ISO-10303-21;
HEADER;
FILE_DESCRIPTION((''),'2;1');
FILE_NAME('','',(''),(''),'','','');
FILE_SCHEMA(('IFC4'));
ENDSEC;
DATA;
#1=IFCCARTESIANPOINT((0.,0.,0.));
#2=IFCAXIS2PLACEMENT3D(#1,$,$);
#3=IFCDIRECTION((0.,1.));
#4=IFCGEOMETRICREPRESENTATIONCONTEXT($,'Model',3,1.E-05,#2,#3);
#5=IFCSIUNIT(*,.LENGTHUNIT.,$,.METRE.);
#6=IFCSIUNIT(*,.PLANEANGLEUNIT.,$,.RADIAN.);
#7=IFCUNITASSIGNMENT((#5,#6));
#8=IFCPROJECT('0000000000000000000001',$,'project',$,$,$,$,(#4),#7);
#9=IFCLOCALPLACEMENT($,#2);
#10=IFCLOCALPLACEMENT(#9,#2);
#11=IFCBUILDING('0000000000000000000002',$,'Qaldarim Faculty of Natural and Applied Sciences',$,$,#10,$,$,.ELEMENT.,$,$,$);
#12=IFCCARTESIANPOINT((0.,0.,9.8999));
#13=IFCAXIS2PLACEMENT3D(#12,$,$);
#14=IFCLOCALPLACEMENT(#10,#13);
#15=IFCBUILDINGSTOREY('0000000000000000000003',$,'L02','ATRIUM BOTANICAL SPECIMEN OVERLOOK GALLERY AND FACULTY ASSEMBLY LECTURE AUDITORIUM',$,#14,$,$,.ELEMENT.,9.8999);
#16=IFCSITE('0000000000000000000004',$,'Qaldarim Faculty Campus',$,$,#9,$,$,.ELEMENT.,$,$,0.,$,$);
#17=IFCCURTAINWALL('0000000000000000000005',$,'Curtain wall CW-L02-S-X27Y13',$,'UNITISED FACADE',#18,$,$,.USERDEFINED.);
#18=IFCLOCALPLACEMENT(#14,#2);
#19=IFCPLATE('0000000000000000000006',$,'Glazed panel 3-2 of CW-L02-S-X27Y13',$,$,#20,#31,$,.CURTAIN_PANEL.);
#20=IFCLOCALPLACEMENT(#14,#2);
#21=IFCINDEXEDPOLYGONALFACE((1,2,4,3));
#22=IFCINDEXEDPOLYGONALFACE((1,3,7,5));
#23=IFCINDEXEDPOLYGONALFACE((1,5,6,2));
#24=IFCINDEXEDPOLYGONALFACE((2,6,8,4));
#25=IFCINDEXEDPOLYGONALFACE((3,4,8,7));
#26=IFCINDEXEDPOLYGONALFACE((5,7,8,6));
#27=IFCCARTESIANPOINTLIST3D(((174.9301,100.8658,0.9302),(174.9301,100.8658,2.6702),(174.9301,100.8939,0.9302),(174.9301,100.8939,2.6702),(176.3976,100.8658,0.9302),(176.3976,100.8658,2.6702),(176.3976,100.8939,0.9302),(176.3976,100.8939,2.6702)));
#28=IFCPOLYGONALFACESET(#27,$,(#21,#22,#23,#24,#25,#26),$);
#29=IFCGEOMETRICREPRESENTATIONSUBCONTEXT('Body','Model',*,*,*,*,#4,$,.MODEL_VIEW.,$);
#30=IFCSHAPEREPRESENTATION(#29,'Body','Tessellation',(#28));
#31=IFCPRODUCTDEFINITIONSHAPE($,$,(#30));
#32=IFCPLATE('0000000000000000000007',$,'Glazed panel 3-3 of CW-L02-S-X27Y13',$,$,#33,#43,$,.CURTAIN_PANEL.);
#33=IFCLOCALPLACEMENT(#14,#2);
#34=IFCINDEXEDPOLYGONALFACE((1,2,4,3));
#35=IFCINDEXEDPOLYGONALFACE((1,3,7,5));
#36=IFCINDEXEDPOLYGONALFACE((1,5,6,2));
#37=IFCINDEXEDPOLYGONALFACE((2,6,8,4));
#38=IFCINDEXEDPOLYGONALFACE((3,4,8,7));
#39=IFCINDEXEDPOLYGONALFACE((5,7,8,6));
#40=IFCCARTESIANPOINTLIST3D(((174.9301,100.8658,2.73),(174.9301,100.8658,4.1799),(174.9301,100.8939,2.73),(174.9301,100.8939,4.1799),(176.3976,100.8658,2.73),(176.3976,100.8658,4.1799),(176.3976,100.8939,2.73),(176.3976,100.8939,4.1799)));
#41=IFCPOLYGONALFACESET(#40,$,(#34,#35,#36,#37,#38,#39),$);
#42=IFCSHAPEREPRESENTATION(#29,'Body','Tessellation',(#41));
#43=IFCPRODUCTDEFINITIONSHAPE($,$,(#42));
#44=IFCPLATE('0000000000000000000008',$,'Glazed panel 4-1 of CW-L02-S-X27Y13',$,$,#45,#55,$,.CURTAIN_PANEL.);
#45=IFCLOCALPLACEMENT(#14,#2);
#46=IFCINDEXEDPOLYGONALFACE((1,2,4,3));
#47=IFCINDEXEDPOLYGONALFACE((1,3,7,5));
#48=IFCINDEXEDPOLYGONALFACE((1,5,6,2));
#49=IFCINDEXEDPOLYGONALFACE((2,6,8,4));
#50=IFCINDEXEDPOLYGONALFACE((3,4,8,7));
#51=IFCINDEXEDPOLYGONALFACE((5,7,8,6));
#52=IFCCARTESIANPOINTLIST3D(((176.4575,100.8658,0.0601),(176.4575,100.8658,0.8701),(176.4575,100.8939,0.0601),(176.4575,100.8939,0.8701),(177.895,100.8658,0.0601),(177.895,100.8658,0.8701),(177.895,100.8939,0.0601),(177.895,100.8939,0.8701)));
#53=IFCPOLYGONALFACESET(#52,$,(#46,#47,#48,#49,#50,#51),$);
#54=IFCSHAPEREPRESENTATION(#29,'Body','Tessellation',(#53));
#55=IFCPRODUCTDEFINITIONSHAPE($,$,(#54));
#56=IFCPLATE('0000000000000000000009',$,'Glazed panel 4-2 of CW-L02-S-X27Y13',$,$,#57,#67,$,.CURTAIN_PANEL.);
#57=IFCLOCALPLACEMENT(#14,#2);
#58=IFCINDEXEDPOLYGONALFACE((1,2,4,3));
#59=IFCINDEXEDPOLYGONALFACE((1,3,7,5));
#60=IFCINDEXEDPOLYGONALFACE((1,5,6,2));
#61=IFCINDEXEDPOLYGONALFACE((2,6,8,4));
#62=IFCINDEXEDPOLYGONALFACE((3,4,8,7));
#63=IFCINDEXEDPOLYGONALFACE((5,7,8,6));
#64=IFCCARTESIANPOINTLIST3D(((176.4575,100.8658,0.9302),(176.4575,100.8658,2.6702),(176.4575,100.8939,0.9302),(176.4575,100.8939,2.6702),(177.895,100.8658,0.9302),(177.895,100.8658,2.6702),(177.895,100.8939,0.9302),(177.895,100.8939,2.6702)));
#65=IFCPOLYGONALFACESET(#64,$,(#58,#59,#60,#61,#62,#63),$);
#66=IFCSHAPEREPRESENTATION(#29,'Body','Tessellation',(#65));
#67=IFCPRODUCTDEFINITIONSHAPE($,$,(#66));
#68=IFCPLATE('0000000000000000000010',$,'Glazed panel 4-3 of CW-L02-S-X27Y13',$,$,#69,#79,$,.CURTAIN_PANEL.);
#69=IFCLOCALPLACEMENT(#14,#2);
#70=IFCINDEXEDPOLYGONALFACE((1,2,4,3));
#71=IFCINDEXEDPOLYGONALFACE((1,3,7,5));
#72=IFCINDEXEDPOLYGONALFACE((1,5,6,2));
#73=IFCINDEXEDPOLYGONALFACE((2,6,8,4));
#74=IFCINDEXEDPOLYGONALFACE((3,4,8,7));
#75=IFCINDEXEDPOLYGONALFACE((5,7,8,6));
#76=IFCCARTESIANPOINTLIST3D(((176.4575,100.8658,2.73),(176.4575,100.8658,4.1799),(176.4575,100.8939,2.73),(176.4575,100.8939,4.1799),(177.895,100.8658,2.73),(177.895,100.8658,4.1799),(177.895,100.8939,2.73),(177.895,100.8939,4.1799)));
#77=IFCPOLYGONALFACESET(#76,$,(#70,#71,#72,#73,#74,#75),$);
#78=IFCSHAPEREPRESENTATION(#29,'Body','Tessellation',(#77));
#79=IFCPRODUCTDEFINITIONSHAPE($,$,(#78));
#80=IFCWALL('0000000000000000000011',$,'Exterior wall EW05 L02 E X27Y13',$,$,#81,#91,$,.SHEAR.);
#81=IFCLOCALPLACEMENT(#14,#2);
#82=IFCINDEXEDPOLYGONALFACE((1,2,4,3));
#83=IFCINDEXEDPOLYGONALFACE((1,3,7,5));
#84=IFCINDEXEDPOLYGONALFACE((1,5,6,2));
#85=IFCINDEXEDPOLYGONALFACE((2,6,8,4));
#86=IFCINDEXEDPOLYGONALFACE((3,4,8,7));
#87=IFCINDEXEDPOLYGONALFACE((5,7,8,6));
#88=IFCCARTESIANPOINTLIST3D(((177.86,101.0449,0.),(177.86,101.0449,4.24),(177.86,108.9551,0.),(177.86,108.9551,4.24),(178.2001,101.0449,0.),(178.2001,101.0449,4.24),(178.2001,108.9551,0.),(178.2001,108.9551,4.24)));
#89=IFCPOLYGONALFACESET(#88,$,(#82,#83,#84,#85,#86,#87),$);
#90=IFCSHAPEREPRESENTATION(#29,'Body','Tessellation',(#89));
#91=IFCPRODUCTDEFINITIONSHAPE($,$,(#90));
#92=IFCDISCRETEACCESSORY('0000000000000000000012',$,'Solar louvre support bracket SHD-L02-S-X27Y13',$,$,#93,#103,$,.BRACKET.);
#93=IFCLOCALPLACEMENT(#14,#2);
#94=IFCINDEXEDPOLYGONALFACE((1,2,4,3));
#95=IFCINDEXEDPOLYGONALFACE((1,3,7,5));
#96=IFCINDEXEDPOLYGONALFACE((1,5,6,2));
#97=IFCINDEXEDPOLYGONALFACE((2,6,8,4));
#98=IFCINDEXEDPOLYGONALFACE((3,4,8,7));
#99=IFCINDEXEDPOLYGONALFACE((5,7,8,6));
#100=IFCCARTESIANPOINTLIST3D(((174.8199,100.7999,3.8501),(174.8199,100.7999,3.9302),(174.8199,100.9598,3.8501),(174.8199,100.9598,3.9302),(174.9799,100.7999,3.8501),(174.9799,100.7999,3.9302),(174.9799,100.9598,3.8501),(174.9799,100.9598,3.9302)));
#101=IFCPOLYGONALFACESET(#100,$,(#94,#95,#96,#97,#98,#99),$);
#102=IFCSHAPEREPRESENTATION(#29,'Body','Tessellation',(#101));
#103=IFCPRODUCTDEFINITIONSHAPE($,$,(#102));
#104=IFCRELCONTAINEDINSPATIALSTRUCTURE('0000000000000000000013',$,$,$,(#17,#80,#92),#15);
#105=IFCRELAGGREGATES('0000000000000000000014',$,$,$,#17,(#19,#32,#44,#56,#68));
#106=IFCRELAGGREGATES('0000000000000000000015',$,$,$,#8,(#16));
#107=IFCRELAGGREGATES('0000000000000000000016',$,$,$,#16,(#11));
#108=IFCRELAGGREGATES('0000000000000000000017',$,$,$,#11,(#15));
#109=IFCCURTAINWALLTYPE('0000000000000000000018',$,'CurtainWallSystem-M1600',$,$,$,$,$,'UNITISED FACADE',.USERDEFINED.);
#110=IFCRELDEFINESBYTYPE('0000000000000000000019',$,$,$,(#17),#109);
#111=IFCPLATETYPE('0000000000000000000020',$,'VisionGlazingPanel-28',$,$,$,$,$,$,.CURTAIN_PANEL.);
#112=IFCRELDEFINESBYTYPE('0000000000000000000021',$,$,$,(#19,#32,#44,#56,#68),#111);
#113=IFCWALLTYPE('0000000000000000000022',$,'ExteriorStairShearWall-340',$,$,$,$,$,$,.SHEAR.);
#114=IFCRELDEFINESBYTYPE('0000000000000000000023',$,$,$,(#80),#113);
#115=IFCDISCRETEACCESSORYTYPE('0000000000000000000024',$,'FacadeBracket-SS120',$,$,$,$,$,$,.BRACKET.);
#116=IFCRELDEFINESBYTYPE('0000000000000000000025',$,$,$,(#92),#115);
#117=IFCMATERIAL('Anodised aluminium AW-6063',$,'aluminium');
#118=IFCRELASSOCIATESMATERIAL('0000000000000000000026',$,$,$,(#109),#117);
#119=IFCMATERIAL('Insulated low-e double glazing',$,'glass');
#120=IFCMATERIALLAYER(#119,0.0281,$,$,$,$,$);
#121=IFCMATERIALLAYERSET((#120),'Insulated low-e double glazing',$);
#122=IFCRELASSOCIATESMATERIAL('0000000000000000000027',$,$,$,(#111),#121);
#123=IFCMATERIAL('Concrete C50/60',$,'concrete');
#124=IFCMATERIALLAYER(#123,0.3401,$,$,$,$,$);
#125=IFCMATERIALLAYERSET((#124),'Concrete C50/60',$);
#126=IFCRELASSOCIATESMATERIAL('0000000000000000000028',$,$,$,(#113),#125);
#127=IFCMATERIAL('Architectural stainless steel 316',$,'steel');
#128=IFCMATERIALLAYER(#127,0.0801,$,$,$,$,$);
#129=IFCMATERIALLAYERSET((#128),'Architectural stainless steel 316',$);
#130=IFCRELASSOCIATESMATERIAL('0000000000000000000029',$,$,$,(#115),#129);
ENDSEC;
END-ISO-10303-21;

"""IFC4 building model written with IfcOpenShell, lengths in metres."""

from ifc_helpers import new_model, si_unit, direction, frame, frame_2d, origin, origin_2d, place, context, subcontext, project, spatial, rectangle, extrude, material, layer, layer_set, type_object, element, aggregate, save


model = new_model("IFC4")

# Units and contexts
model_context = context("Model", 3, precision=1e-05, world=origin(), true_north=direction((0.0, 1.0)))
body_context = subcontext(model_context, "Body", "Model", "MODEL_VIEW")
ifc_project = project(units=[si_unit("LENGTHUNIT", "METRE"), si_unit("PLANEANGLEUNIT", "RADIAN")], contexts=[model_context])

# Site, building, storey
site_placement = place(None, origin())
site = spatial("IfcSite", under=ifc_project, at=site_placement, Name="Qaldarim Faculty Campus", CompositionType="ELEMENT", RefElevation=0.0)
building_placement = place(site_placement, origin())
building = spatial("IfcBuilding", under=site, at=building_placement, Name="Qaldarim Faculty of Natural and Applied Sciences", CompositionType="ELEMENT")
storey_placement = place(building_placement, frame((0.0, 0.0, 9.8999)))
storey = spatial("IfcBuildingStorey", under=building, at=storey_placement, Name="L02", Description="ATRIUM BOTANICAL SPECIMEN OVERLOOK GALLERY AND FACULTY ASSEMBLY LECTURE AUDITORIUM", CompositionType="ELEMENT", Elevation=9.8999)

# Curtain wall, plates
ifc_material_1 = material(Name="Anodised aluminium AW-6063", Category="aluminium")
curtain_wall_type = type_object("IfcCurtainWallType", Name="CurtainWallSystem-M1600", ElementType="UNITISED FACADE", PredefinedType="USERDEFINED", material=ifc_material_1)
curtain_wall_placement = place(storey_placement, origin())
curtain_wall = element("IfcCurtainWall", 1, at=curtain_wall_placement, inside=storey, type_object=curtain_wall_type, Name="Curtain wall CW-L02-S-X27Y13", ObjectType="UNITISED FACADE", PredefinedType="USERDEFINED")
ifc_material_2 = material(Name="Insulated low-e double glazing", Category="glass")
ifc_layer_1 = layer(ifc_material_2, 0.0281)
ifc_layer_set_1 = layer_set([ifc_layer_1], Name="Insulated low-e double glazing")
plate_type = type_object("IfcPlateType", Name="VisionGlazingPanel-28", PredefinedType="CURTAIN_PANEL", material=ifc_layer_set_1)
plate_1_placement = place(storey_placement, frame((175.6638, 100.8799, 0.9302), z_axis=(0.0, 0.0, 1.0), x_axis=(1.0, 0.0, 0.0)))
plate_1 = element("IfcPlate", 2, at=plate_1_placement, type_object=plate_type, Name="Glazed panel 3-2 of CW-L02-S-X27Y13", PredefinedType="CURTAIN_PANEL", context=body_context, shape_type="SweptSolid", body=[
    extrude(rectangle(XDim=1.4675, YDim=0.0281, at=origin_2d()), origin(), (0.0, 0.0, 1.0), 1.74),
])
plate_2_placement = place(storey_placement, frame((175.6638, 100.8799, 2.73), z_axis=(0.0, 0.0, 1.0), x_axis=(1.0, 0.0, 0.0)))
plate_2 = element("IfcPlate", 3, at=plate_2_placement, type_object=plate_type, Name="Glazed panel 3-3 of CW-L02-S-X27Y13", PredefinedType="CURTAIN_PANEL", context=body_context, shape_type="SweptSolid", body=[
    extrude(rectangle(XDim=1.4675, YDim=0.0281, at=origin_2d()), origin(), (0.0, 0.0, 1.0), 1.45),
])
plate_3_placement = place(storey_placement, frame((177.1763, 100.8799, 0.0601), z_axis=(0.0, 0.0, 1.0), x_axis=(1.0, 0.0, 0.0)))
plate_3 = element("IfcPlate", 4, at=plate_3_placement, type_object=plate_type, Name="Glazed panel 4-1 of CW-L02-S-X27Y13", PredefinedType="CURTAIN_PANEL", context=body_context, shape_type="SweptSolid", body=[
    extrude(rectangle(XDim=1.4375, YDim=0.0281, at=origin_2d()), origin(), (0.0, 0.0, 1.0), 0.8101),
])
plate_4_placement = place(storey_placement, frame((177.1763, 100.8799, 0.9302), z_axis=(0.0, 0.0, 1.0), x_axis=(1.0, 0.0, 0.0)))
plate_4 = element("IfcPlate", 5, at=plate_4_placement, type_object=plate_type, Name="Glazed panel 4-2 of CW-L02-S-X27Y13", PredefinedType="CURTAIN_PANEL", context=body_context, shape_type="SweptSolid", body=[
    extrude(rectangle(XDim=1.4375, YDim=0.0281, at=origin_2d()), origin(), (0.0, 0.0, 1.0), 1.74),
])
plate_5_placement = place(storey_placement, frame((177.1763, 100.8799, 2.73), z_axis=(0.0, 0.0, 1.0), x_axis=(1.0, 0.0, 0.0)))
plate_5 = element("IfcPlate", 6, at=plate_5_placement, type_object=plate_type, Name="Glazed panel 4-3 of CW-L02-S-X27Y13", PredefinedType="CURTAIN_PANEL", context=body_context, shape_type="SweptSolid", body=[
    extrude(rectangle(XDim=1.4375, YDim=0.0281, at=origin_2d()), origin(), (0.0, 0.0, 1.0), 1.45),
])
aggregate(curtain_wall, [plate_1, plate_2, plate_3, plate_4, plate_5])

# Wall
ifc_material_3 = material(Name="Concrete C50/60", Category="concrete")
ifc_layer_2 = layer(ifc_material_3, 0.3401)
ifc_layer_set_2 = layer_set([ifc_layer_2], Name="Concrete C50/60")
wall_type = type_object("IfcWallType", Name="ExteriorStairShearWall-340", PredefinedType="SHEAR", material=ifc_layer_set_2)
wall_placement = place(storey_placement, frame((178.03, 101.0449, 0.0), z_axis=(0.0, 0.0, 1.0), x_axis=(0.0, 1.0, 0.0)))
element("IfcWall", 7, at=wall_placement, inside=storey, type_object=wall_type, Name="Exterior wall EW05 L02 E X27Y13", PredefinedType="SHEAR", context=body_context, shape_type="SweptSolid", body=[
    extrude(rectangle(XDim=7.9102, YDim=0.3401, at=frame_2d((3.9551, 0.0))), origin(), (0.0, 0.0, 1.0), 4.24),
])

# Discrete accessory
ifc_material_4 = material(Name="Architectural stainless steel 316", Category="steel")
ifc_layer_3 = layer(ifc_material_4, 0.0801)
ifc_layer_set_3 = layer_set([ifc_layer_3], Name="Architectural stainless steel 316")
discrete_accessory_type = type_object("IfcDiscreteAccessoryType", Name="FacadeBracket-SS120", PredefinedType="BRACKET", material=ifc_layer_set_3)
discrete_accessory_placement = place(storey_placement, frame((174.8999, 100.8799, 3.8501), z_axis=(0.0, 0.0, 1.0), x_axis=(1.0, 0.0, 0.0)))
element("IfcDiscreteAccessory", 8, at=discrete_accessory_placement, inside=storey, type_object=discrete_accessory_type, Name="Solar louvre support bracket SHD-L02-S-X27Y13", PredefinedType="BRACKET", context=body_context, shape_type="SweptSolid", body=[
    extrude(rectangle(XDim=0.1599, YDim=0.1599, at=origin_2d()), origin(), (0.0, 0.0, 1.0), 0.0801),
])

save(model, "model.ifc")
